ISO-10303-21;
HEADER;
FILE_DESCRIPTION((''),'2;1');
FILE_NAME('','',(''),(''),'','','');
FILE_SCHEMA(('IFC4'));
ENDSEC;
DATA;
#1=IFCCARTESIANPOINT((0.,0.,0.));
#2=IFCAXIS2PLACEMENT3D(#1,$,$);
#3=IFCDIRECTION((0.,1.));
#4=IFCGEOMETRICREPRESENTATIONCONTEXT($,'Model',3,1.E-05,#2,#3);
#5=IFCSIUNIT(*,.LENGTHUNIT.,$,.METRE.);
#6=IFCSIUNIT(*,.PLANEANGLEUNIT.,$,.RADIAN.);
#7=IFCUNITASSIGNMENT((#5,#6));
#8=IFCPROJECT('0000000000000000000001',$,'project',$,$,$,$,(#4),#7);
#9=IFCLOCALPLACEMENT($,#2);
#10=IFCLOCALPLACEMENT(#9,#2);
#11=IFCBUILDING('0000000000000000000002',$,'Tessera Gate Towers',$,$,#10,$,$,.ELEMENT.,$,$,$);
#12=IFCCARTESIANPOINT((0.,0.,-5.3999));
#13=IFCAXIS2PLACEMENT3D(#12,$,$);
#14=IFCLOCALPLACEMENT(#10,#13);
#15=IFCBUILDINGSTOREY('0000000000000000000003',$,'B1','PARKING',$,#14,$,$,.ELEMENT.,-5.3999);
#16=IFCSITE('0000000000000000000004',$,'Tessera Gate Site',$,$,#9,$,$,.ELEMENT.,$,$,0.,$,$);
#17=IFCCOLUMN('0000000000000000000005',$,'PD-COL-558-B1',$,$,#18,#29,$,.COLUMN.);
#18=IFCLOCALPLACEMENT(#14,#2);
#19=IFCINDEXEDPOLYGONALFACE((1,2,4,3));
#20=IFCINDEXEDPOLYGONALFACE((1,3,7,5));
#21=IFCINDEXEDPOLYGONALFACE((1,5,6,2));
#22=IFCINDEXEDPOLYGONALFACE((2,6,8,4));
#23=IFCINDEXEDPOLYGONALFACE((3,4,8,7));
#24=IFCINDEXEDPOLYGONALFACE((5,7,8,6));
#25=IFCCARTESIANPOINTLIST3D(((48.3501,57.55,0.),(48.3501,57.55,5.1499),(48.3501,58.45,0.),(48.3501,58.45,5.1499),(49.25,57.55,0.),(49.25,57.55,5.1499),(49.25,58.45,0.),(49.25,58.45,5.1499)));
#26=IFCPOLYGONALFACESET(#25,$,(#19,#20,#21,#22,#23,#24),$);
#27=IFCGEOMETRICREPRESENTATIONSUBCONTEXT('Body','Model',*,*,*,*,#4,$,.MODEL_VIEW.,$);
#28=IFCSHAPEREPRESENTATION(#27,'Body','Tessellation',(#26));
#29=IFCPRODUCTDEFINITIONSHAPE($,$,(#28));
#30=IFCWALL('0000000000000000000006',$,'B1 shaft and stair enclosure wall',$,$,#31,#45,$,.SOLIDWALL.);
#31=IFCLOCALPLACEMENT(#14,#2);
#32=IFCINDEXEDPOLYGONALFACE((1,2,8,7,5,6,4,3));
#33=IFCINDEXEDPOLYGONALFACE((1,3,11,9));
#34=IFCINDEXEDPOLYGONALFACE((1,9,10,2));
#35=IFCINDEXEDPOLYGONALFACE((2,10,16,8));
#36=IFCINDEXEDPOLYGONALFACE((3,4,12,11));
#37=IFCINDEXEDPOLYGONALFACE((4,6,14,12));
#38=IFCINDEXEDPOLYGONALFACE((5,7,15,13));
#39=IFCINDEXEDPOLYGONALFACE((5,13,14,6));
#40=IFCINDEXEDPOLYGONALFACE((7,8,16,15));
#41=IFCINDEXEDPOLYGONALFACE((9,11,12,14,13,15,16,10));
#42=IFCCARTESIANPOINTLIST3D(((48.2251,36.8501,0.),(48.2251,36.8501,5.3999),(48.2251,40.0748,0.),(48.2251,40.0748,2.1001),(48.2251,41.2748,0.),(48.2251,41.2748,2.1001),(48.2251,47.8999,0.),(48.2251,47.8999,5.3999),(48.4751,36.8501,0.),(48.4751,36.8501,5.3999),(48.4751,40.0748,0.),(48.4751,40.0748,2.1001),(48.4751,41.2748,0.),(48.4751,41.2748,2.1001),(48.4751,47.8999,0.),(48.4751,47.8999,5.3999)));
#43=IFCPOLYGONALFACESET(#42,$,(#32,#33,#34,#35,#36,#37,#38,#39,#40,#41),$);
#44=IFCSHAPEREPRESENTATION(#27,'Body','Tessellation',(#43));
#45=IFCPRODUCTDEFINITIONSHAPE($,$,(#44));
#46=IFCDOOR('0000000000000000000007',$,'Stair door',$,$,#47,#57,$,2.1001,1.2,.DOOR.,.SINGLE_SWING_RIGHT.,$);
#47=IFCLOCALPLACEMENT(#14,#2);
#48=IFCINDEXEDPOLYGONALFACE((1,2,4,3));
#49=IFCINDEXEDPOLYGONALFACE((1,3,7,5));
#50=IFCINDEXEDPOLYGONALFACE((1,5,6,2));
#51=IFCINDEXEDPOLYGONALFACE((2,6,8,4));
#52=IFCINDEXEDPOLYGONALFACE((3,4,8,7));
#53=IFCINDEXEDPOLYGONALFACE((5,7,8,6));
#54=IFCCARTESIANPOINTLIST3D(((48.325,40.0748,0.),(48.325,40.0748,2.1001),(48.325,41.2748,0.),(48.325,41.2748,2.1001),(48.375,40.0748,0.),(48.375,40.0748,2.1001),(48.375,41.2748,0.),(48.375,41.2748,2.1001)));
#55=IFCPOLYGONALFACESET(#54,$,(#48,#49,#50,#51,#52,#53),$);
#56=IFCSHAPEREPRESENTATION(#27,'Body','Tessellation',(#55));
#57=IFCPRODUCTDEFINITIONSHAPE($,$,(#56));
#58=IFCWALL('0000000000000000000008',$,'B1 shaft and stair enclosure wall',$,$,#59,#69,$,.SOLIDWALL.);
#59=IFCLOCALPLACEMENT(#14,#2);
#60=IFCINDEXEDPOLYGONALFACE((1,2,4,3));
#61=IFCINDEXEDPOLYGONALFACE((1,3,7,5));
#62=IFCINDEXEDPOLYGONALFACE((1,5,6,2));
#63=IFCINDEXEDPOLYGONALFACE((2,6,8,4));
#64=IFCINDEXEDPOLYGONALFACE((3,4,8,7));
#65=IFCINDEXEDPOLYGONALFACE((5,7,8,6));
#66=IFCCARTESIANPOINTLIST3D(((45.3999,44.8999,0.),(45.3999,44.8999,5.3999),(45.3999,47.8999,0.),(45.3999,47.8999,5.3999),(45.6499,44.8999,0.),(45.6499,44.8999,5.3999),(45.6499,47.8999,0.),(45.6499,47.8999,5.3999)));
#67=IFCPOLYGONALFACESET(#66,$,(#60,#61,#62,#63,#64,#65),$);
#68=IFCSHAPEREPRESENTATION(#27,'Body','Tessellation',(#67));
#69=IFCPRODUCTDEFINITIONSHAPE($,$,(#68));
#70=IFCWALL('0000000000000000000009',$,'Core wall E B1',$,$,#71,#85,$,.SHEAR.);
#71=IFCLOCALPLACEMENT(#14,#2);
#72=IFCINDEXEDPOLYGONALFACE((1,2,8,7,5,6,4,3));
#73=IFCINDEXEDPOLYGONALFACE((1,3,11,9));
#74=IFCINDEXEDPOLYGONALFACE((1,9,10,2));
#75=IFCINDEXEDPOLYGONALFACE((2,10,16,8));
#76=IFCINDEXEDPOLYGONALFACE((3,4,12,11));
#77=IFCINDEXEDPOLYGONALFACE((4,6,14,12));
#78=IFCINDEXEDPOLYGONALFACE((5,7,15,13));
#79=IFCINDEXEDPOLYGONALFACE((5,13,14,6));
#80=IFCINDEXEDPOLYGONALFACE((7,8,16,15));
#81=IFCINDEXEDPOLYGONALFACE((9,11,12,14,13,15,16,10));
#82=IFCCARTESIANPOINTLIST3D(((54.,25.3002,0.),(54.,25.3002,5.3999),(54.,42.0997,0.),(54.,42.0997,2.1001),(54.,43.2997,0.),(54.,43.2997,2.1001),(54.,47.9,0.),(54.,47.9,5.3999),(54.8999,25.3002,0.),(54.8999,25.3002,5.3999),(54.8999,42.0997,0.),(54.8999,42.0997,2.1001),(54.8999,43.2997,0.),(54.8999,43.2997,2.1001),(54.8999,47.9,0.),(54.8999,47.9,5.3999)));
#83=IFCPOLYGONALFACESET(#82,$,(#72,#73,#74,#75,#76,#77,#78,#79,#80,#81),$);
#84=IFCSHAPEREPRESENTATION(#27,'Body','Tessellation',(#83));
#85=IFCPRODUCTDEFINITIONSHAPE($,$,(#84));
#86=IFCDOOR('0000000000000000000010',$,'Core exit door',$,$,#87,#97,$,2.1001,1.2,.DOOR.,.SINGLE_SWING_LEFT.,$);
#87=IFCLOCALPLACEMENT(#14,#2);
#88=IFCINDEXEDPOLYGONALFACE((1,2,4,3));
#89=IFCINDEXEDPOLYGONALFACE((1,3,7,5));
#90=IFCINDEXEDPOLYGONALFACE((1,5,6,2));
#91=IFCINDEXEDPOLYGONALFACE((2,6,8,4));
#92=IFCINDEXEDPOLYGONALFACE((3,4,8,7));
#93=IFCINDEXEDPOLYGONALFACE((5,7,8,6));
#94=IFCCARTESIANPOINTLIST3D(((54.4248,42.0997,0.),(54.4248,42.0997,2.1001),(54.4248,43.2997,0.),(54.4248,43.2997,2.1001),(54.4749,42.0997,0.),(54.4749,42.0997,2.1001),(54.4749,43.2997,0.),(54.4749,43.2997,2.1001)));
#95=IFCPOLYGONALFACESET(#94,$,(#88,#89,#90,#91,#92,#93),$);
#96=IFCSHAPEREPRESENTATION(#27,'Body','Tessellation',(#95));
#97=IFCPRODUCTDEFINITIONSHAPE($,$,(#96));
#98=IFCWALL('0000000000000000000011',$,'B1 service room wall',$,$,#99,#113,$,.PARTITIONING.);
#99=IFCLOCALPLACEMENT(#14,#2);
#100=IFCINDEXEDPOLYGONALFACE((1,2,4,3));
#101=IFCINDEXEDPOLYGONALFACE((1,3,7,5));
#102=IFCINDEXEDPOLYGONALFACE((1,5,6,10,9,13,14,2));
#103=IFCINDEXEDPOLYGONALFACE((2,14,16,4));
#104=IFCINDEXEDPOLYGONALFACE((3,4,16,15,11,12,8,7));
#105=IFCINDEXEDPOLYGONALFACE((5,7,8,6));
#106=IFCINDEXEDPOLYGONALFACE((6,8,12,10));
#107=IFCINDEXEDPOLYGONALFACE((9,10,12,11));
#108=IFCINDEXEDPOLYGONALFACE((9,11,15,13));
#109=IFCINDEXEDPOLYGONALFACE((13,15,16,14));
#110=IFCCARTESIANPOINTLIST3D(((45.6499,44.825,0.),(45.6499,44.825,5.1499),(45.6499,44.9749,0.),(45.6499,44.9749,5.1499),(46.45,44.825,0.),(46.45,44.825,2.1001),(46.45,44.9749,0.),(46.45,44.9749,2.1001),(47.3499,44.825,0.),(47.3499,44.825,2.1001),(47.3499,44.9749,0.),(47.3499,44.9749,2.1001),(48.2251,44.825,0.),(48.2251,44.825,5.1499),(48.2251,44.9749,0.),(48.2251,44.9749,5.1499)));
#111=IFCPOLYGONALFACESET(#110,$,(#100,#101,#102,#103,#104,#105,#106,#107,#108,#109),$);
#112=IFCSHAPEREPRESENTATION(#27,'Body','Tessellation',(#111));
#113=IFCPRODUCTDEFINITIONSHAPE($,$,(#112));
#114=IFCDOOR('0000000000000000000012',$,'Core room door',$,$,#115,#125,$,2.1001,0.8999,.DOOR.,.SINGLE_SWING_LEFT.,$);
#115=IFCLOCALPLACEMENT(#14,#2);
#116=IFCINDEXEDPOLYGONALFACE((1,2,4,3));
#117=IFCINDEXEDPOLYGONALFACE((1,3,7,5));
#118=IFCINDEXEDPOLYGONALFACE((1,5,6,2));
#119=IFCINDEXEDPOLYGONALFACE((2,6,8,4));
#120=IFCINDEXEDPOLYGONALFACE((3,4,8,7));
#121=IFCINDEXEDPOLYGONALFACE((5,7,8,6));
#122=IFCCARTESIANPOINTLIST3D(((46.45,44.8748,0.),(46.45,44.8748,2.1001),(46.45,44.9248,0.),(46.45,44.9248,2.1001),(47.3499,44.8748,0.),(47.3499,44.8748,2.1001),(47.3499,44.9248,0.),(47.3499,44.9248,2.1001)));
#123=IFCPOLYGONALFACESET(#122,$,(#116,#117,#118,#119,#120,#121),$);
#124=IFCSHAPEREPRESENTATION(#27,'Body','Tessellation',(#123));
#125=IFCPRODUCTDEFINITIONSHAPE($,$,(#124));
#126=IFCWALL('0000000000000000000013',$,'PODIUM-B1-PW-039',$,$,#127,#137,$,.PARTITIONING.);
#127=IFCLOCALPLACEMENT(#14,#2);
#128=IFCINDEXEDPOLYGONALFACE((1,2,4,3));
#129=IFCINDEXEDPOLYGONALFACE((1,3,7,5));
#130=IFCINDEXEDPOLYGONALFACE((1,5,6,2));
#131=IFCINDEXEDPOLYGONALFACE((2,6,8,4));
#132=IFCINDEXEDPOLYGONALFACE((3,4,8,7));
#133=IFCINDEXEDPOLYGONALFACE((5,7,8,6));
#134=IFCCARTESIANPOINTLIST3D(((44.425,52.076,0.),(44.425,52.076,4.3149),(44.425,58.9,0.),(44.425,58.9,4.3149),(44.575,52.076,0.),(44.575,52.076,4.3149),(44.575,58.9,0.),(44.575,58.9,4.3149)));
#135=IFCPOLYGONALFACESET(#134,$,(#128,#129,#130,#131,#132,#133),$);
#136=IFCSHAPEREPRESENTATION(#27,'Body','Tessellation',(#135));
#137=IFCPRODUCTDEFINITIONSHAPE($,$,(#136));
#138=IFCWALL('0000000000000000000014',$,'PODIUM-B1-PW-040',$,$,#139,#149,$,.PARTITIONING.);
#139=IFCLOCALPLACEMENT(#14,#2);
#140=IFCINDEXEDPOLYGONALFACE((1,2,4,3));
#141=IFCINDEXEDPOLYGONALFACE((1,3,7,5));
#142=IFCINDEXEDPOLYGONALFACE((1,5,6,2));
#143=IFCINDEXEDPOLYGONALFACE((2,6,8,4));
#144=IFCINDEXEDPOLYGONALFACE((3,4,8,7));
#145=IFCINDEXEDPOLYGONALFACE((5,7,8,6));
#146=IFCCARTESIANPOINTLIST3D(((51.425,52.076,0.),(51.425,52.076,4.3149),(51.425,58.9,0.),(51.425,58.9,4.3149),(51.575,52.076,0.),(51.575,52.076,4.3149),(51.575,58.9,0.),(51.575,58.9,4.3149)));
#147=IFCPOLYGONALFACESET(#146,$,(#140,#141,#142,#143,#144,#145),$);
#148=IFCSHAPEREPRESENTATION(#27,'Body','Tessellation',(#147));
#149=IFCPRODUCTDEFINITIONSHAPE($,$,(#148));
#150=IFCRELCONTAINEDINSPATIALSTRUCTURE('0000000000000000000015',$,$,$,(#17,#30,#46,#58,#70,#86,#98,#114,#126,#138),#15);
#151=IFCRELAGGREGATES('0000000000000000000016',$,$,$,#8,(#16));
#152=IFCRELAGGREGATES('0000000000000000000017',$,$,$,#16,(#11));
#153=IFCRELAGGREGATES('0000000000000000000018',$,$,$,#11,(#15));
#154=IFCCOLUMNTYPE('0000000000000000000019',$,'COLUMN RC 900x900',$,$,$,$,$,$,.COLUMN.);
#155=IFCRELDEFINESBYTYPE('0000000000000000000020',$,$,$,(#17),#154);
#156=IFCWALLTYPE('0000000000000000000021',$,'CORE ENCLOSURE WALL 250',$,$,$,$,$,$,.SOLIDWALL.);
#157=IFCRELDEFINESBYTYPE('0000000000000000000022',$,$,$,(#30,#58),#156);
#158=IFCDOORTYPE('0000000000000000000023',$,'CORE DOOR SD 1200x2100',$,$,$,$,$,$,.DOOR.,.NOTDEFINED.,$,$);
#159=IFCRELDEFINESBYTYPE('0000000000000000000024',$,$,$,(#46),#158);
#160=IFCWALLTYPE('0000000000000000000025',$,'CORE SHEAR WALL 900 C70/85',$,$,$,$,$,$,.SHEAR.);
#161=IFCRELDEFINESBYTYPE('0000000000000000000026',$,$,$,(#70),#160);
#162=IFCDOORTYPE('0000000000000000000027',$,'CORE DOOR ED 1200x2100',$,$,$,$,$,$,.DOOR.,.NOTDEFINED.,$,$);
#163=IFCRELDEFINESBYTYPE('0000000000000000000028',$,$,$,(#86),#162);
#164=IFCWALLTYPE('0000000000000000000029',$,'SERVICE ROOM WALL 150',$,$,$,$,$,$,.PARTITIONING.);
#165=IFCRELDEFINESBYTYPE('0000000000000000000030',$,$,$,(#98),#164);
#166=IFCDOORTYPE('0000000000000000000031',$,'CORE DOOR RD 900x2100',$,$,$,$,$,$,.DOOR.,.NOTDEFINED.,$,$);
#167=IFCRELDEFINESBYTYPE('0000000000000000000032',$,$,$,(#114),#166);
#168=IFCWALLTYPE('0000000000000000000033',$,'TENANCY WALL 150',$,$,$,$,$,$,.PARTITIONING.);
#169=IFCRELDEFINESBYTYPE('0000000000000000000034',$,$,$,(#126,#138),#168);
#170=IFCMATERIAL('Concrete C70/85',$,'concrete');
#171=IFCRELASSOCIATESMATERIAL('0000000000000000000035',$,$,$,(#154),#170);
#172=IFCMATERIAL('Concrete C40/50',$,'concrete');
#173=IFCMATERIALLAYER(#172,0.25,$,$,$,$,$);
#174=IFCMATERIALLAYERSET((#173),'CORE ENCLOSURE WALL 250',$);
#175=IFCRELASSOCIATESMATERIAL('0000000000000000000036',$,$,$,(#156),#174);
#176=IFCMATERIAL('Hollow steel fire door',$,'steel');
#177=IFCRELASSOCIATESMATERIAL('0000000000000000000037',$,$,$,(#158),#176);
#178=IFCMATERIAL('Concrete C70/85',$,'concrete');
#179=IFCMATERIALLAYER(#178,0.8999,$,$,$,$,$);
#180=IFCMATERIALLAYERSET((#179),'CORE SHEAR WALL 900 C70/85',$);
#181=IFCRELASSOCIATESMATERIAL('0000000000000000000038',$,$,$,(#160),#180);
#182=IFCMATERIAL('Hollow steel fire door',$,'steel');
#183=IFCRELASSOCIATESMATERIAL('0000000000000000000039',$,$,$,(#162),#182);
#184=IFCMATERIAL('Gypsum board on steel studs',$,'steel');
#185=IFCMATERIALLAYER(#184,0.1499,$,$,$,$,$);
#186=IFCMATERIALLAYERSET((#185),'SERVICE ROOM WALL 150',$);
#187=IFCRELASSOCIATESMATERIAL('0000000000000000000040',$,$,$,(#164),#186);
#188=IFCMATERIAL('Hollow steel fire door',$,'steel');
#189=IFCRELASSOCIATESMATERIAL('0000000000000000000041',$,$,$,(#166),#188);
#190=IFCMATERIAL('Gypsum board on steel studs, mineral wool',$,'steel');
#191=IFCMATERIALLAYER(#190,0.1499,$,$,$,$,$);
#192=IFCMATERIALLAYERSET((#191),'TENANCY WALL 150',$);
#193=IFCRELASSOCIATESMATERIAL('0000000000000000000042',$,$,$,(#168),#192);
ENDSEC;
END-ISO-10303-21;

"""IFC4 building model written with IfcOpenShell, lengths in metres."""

from ifc_helpers import new_model, si_unit, direction, frame, frame_2d, origin, origin_2d, place, context, subcontext, project, spatial, rectangle, extrude, source, transform, mapped, material, layer, layer_set, material_profile, profile_set, type_object, element, fill, save


model = new_model("IFC4")

# Units and contexts
model_context = context("Model", 3, precision=1e-05, world=origin(), true_north=direction((0.0, 1.0)))
body_context = subcontext(model_context, "Body", "Model", "MODEL_VIEW")
ifc_project = project(units=[si_unit("LENGTHUNIT", "METRE"), si_unit("PLANEANGLEUNIT", "RADIAN")], contexts=[model_context])

# Site, building, storey
site_placement = place(None, origin())
site = spatial("IfcSite", under=ifc_project, at=site_placement, Name="Tessera Gate Site", CompositionType="ELEMENT", RefElevation=0.0)
building_placement = place(site_placement, origin())
building = spatial("IfcBuilding", under=site, at=building_placement, Name="Tessera Gate Towers", CompositionType="ELEMENT")
storey_placement = place(building_placement, frame((0.0, 0.0, -5.3999)))
storey = spatial("IfcBuildingStorey", under=building, at=storey_placement, Name="B1", Description="PARKING", CompositionType="ELEMENT", Elevation=-5.3999)

# Column
ifc_material_1 = material(Name="Concrete C70/85", Category="concrete")
ifc_material_profile_1 = material_profile(ifc_material_1, rectangle(XDim=0.8999, YDim=0.8999, at=origin_2d()), Name="RC 900x900")
ifc_profile_set_1 = profile_set([ifc_material_profile_1], Name="Concrete C70/85")
column_type = type_object("IfcColumnType", Name="COLUMN RC 900x900", PredefinedType="COLUMN", material=ifc_profile_set_1)
column_placement = place(storey_placement, frame((48.8, 58.0, 0.0), z_axis=(0.0, 0.0, 1.0), x_axis=(1.0, 0.0, 0.0)))
element("IfcColumn", 1, at=column_placement, inside=storey, type_object=column_type, Name="PD-COL-558-B1", PredefinedType="COLUMN", context=body_context, shape_type="SweptSolid", body=[
    extrude(rectangle(XDim=0.8999, YDim=0.8999, at=origin_2d()), origin(), (0.0, 0.0, 1.0), 5.1499),
])

# Wall, opening, door
ifc_material_2 = material(Name="Concrete C40/50", Category="concrete")
ifc_layer_1 = layer(ifc_material_2, 0.25)
ifc_layer_set_1 = layer_set([ifc_layer_1], Name="CORE ENCLOSURE WALL 250")
wall_type_1 = type_object("IfcWallType", Name="CORE ENCLOSURE WALL 250", PredefinedType="SOLIDWALL", material=ifc_layer_set_1)
wall_1_placement = place(storey_placement, frame((48.3501, 47.8999, 0.0), z_axis=(0.0, 0.0, 1.0), x_axis=(0.0, -1.0, 0.0)))
wall_1 = element("IfcWall", 2, at=wall_1_placement, inside=storey, type_object=wall_type_1, Name="B1 shaft and stair enclosure wall", PredefinedType="SOLIDWALL", context=body_context, shape_type="SweptSolid", body=[
    extrude(rectangle(XDim=11.0498, YDim=0.25, at=frame_2d((5.5249, 0.0))), origin(), (0.0, 0.0, 1.0), 5.3999),
])
shared_shape_1 = source(origin(), body_context, "Body", "SweptSolid", [
    extrude(rectangle(XDim=1.2, YDim=2.1001, at=frame_2d((0.6001, 1.05))), frame((0.0, 0.135, 0.0), z_axis=(0.0, -1.0, 0.0), x_axis=(1.0, 0.0, 0.0)), (0.0, 0.0, 1.0), 0.27),
])
opening_1_placement = place(wall_1_placement, frame((6.625, 0.0, 0.0)))
opening_1 = element("IfcOpeningElement", 3, at=opening_1_placement, cuts=wall_1, PredefinedType="OPENING", context=body_context, shape_type="MappedRepresentation", body=[
    mapped(shared_shape_1, transform((0.0, 0.0, 0.0), scale=1.0)),
])
ifc_material_3 = material(Name="Hollow steel fire door", Category="steel")
door_type_1 = type_object("IfcDoorType", Name="CORE DOOR SD 1200x2100", OperationType="NOTDEFINED", PredefinedType="DOOR", material=ifc_material_3)
shared_shape_2 = source(origin(), body_context, "Body", "SweptSolid", [
    extrude(rectangle(XDim=1.2, YDim=2.1001, at=frame_2d((0.6001, 1.05))), frame((0.0, 0.0249, 0.0), z_axis=(0.0, -1.0, 0.0), x_axis=(1.0, 0.0, 0.0)), (0.0, 0.0, 1.0), 0.05),
])
door_1_placement = place(opening_1_placement, origin())
door_1 = element("IfcDoor", 4, at=door_1_placement, inside=storey, type_object=door_type_1, Name="Stair door", OperationType="SINGLE_SWING_RIGHT", OverallHeight=2.1001, OverallWidth=1.2, PredefinedType="DOOR", context=body_context, shape_type="MappedRepresentation", body=[
    mapped(shared_shape_2, transform((0.0, 0.0, 0.0), scale=1.0)),
])
fill(opening_1, door_1)

# Wall
wall_2_placement = place(storey_placement, frame((45.5249, 44.8999, 0.0), z_axis=(0.0, 0.0, 1.0), x_axis=(0.0, 1.0, 0.0)))
element("IfcWall", 5, at=wall_2_placement, inside=storey, type_object=wall_type_1, Name="B1 shaft and stair enclosure wall", PredefinedType="SOLIDWALL", context=body_context, shape_type="SweptSolid", body=[
    extrude(rectangle(XDim=3.0, YDim=0.25, at=frame_2d((1.5, 0.0))), origin(), (0.0, 0.0, 1.0), 5.3999),
])

# Walls, openings, doors
ifc_material_4 = material(Name="Concrete C70/85", Category="concrete")
ifc_layer_2 = layer(ifc_material_4, 0.8999)
ifc_layer_set_2 = layer_set([ifc_layer_2], Name="CORE SHEAR WALL 900 C70/85")
wall_type_2 = type_object("IfcWallType", Name="CORE SHEAR WALL 900 C70/85", PredefinedType="SHEAR", material=ifc_layer_set_2)
wall_3_placement = place(storey_placement, frame((54.45, 47.8999, 0.0), z_axis=(0.0, 0.0, 1.0), x_axis=(0.0, -1.0, 0.0)))
wall_3 = element("IfcWall", 6, at=wall_3_placement, inside=storey, type_object=wall_type_2, Name="Core wall E B1", PredefinedType="SHEAR", context=body_context, shape_type="SweptSolid", body=[
    extrude(rectangle(XDim=22.5999, YDim=0.8999, at=frame_2d((11.2998, 0.0))), origin(), (0.0, 0.0, 1.0), 5.3999),
])
shared_shape_3 = source(origin(), body_context, "Body", "SweptSolid", [
    extrude(rectangle(XDim=1.2, YDim=2.1001, at=frame_2d((0.6001, 1.05))), frame((0.0, 0.46, 0.0), z_axis=(0.0, -1.0, 0.0), x_axis=(1.0, 0.0, 0.0)), (0.0, 0.0, 1.0), 0.9199),
])
opening_2_placement = place(wall_3_placement, frame((4.6001, 0.0, 0.0)))
opening_2 = element("IfcOpeningElement", 7, at=opening_2_placement, cuts=wall_3, PredefinedType="OPENING", context=body_context, shape_type="MappedRepresentation", body=[
    mapped(shared_shape_3, transform((0.0, 0.0, 0.0), scale=1.0)),
])
ifc_material_5 = material(Name="Hollow steel fire door", Category="steel")
door_type_2 = type_object("IfcDoorType", Name="CORE DOOR ED 1200x2100", OperationType="NOTDEFINED", PredefinedType="DOOR", material=ifc_material_5)
door_2_placement = place(opening_2_placement, origin())
door_2 = element("IfcDoor", 8, at=door_2_placement, inside=storey, type_object=door_type_2, Name="Core exit door", OperationType="SINGLE_SWING_LEFT", OverallHeight=2.1001, OverallWidth=1.2, PredefinedType="DOOR", context=body_context, shape_type="MappedRepresentation", body=[
    mapped(shared_shape_2, transform((0.0, 0.0, 0.0), scale=1.0)),
])
fill(opening_2, door_2)
ifc_material_6 = material(Name="Gypsum board on steel studs", Category="steel")
ifc_layer_3 = layer(ifc_material_6, 0.1499)
ifc_layer_set_3 = layer_set([ifc_layer_3], Name="SERVICE ROOM WALL 150")
wall_type_3 = type_object("IfcWallType", Name="SERVICE ROOM WALL 150", PredefinedType="PARTITIONING", material=ifc_layer_set_3)
wall_4_placement = place(storey_placement, frame((45.6499, 44.8999, 0.0), z_axis=(0.0, 0.0, 1.0), x_axis=(1.0, 0.0, 0.0)))
wall_4 = element("IfcWall", 9, at=wall_4_placement, inside=storey, type_object=wall_type_3, Name="B1 service room wall", PredefinedType="PARTITIONING", context=body_context, shape_type="SweptSolid", body=[
    extrude(rectangle(XDim=2.5752, YDim=0.1499, at=frame_2d((1.2876, 0.0))), origin(), (0.0, 0.0, 1.0), 5.1499),
])
shared_shape_4 = source(origin(), body_context, "Body", "SweptSolid", [
    extrude(rectangle(XDim=0.8999, YDim=2.1001, at=frame_2d((0.45, 1.05))), frame((0.0, 0.085, 0.0), z_axis=(0.0, -1.0, 0.0), x_axis=(1.0, 0.0, 0.0)), (0.0, 0.0, 1.0), 0.1699),
])
opening_3_placement = place(wall_4_placement, frame((0.8, 0.0, 0.0)))
opening_3 = element("IfcOpeningElement", 10, at=opening_3_placement, cuts=wall_4, PredefinedType="OPENING", context=body_context, shape_type="MappedRepresentation", body=[
    mapped(shared_shape_4, transform((0.0, 0.0, 0.0), scale=1.0)),
])
ifc_material_7 = material(Name="Hollow steel fire door", Category="steel")
door_type_3 = type_object("IfcDoorType", Name="CORE DOOR RD 900x2100", OperationType="NOTDEFINED", PredefinedType="DOOR", material=ifc_material_7)
shared_shape_5 = source(origin(), body_context, "Body", "SweptSolid", [
    extrude(rectangle(XDim=0.8999, YDim=2.1001, at=frame_2d((0.45, 1.05))), frame((0.0, 0.0249, 0.0), z_axis=(0.0, -1.0, 0.0), x_axis=(1.0, 0.0, 0.0)), (0.0, 0.0, 1.0), 0.05),
])
door_3_placement = place(opening_3_placement, origin())
door_3 = element("IfcDoor", 11, at=door_3_placement, inside=storey, type_object=door_type_3, Name="Core room door", OperationType="SINGLE_SWING_LEFT", OverallHeight=2.1001, OverallWidth=0.8999, PredefinedType="DOOR", context=body_context, shape_type="MappedRepresentation", body=[
    mapped(shared_shape_5, transform((0.0, 0.0, 0.0), scale=1.0)),
])
fill(opening_3, door_3)

# Walls
ifc_material_8 = material(Name="Gypsum board on steel studs, mineral wool", Category="steel")
ifc_layer_4 = layer(ifc_material_8, 0.1499)
ifc_layer_set_4 = layer_set([ifc_layer_4], Name="TENANCY WALL 150")
wall_type_4 = type_object("IfcWallType", Name="TENANCY WALL 150", PredefinedType="PARTITIONING", material=ifc_layer_set_4)
for number, where, z_axis, x_axis, name in (
    (12, (44.5, 52.0759, 0.0), (0.0, 0.0, 1.0), (0.0, 1.0, 0.0), "PODIUM-B1-PW-039"),
    (13, (51.5, 52.0759, 0.0), (0.0, 0.0, 1.0), (0.0, 1.0, 0.0), "PODIUM-B1-PW-040"),
):
    element("IfcWall", number, at=place(storey_placement, frame(where, z_axis=z_axis, x_axis=x_axis)), inside=storey, type_object=wall_type_4, Name=name, PredefinedType="PARTITIONING", context=body_context, shape_type="SweptSolid", body=[
        extrude(rectangle(XDim=6.824, YDim=0.1499, at=frame_2d((3.4121, 0.0))), origin(), (0.0, 0.0, 1.0), 4.3149),
    ])

save(model, "model.ifc")
